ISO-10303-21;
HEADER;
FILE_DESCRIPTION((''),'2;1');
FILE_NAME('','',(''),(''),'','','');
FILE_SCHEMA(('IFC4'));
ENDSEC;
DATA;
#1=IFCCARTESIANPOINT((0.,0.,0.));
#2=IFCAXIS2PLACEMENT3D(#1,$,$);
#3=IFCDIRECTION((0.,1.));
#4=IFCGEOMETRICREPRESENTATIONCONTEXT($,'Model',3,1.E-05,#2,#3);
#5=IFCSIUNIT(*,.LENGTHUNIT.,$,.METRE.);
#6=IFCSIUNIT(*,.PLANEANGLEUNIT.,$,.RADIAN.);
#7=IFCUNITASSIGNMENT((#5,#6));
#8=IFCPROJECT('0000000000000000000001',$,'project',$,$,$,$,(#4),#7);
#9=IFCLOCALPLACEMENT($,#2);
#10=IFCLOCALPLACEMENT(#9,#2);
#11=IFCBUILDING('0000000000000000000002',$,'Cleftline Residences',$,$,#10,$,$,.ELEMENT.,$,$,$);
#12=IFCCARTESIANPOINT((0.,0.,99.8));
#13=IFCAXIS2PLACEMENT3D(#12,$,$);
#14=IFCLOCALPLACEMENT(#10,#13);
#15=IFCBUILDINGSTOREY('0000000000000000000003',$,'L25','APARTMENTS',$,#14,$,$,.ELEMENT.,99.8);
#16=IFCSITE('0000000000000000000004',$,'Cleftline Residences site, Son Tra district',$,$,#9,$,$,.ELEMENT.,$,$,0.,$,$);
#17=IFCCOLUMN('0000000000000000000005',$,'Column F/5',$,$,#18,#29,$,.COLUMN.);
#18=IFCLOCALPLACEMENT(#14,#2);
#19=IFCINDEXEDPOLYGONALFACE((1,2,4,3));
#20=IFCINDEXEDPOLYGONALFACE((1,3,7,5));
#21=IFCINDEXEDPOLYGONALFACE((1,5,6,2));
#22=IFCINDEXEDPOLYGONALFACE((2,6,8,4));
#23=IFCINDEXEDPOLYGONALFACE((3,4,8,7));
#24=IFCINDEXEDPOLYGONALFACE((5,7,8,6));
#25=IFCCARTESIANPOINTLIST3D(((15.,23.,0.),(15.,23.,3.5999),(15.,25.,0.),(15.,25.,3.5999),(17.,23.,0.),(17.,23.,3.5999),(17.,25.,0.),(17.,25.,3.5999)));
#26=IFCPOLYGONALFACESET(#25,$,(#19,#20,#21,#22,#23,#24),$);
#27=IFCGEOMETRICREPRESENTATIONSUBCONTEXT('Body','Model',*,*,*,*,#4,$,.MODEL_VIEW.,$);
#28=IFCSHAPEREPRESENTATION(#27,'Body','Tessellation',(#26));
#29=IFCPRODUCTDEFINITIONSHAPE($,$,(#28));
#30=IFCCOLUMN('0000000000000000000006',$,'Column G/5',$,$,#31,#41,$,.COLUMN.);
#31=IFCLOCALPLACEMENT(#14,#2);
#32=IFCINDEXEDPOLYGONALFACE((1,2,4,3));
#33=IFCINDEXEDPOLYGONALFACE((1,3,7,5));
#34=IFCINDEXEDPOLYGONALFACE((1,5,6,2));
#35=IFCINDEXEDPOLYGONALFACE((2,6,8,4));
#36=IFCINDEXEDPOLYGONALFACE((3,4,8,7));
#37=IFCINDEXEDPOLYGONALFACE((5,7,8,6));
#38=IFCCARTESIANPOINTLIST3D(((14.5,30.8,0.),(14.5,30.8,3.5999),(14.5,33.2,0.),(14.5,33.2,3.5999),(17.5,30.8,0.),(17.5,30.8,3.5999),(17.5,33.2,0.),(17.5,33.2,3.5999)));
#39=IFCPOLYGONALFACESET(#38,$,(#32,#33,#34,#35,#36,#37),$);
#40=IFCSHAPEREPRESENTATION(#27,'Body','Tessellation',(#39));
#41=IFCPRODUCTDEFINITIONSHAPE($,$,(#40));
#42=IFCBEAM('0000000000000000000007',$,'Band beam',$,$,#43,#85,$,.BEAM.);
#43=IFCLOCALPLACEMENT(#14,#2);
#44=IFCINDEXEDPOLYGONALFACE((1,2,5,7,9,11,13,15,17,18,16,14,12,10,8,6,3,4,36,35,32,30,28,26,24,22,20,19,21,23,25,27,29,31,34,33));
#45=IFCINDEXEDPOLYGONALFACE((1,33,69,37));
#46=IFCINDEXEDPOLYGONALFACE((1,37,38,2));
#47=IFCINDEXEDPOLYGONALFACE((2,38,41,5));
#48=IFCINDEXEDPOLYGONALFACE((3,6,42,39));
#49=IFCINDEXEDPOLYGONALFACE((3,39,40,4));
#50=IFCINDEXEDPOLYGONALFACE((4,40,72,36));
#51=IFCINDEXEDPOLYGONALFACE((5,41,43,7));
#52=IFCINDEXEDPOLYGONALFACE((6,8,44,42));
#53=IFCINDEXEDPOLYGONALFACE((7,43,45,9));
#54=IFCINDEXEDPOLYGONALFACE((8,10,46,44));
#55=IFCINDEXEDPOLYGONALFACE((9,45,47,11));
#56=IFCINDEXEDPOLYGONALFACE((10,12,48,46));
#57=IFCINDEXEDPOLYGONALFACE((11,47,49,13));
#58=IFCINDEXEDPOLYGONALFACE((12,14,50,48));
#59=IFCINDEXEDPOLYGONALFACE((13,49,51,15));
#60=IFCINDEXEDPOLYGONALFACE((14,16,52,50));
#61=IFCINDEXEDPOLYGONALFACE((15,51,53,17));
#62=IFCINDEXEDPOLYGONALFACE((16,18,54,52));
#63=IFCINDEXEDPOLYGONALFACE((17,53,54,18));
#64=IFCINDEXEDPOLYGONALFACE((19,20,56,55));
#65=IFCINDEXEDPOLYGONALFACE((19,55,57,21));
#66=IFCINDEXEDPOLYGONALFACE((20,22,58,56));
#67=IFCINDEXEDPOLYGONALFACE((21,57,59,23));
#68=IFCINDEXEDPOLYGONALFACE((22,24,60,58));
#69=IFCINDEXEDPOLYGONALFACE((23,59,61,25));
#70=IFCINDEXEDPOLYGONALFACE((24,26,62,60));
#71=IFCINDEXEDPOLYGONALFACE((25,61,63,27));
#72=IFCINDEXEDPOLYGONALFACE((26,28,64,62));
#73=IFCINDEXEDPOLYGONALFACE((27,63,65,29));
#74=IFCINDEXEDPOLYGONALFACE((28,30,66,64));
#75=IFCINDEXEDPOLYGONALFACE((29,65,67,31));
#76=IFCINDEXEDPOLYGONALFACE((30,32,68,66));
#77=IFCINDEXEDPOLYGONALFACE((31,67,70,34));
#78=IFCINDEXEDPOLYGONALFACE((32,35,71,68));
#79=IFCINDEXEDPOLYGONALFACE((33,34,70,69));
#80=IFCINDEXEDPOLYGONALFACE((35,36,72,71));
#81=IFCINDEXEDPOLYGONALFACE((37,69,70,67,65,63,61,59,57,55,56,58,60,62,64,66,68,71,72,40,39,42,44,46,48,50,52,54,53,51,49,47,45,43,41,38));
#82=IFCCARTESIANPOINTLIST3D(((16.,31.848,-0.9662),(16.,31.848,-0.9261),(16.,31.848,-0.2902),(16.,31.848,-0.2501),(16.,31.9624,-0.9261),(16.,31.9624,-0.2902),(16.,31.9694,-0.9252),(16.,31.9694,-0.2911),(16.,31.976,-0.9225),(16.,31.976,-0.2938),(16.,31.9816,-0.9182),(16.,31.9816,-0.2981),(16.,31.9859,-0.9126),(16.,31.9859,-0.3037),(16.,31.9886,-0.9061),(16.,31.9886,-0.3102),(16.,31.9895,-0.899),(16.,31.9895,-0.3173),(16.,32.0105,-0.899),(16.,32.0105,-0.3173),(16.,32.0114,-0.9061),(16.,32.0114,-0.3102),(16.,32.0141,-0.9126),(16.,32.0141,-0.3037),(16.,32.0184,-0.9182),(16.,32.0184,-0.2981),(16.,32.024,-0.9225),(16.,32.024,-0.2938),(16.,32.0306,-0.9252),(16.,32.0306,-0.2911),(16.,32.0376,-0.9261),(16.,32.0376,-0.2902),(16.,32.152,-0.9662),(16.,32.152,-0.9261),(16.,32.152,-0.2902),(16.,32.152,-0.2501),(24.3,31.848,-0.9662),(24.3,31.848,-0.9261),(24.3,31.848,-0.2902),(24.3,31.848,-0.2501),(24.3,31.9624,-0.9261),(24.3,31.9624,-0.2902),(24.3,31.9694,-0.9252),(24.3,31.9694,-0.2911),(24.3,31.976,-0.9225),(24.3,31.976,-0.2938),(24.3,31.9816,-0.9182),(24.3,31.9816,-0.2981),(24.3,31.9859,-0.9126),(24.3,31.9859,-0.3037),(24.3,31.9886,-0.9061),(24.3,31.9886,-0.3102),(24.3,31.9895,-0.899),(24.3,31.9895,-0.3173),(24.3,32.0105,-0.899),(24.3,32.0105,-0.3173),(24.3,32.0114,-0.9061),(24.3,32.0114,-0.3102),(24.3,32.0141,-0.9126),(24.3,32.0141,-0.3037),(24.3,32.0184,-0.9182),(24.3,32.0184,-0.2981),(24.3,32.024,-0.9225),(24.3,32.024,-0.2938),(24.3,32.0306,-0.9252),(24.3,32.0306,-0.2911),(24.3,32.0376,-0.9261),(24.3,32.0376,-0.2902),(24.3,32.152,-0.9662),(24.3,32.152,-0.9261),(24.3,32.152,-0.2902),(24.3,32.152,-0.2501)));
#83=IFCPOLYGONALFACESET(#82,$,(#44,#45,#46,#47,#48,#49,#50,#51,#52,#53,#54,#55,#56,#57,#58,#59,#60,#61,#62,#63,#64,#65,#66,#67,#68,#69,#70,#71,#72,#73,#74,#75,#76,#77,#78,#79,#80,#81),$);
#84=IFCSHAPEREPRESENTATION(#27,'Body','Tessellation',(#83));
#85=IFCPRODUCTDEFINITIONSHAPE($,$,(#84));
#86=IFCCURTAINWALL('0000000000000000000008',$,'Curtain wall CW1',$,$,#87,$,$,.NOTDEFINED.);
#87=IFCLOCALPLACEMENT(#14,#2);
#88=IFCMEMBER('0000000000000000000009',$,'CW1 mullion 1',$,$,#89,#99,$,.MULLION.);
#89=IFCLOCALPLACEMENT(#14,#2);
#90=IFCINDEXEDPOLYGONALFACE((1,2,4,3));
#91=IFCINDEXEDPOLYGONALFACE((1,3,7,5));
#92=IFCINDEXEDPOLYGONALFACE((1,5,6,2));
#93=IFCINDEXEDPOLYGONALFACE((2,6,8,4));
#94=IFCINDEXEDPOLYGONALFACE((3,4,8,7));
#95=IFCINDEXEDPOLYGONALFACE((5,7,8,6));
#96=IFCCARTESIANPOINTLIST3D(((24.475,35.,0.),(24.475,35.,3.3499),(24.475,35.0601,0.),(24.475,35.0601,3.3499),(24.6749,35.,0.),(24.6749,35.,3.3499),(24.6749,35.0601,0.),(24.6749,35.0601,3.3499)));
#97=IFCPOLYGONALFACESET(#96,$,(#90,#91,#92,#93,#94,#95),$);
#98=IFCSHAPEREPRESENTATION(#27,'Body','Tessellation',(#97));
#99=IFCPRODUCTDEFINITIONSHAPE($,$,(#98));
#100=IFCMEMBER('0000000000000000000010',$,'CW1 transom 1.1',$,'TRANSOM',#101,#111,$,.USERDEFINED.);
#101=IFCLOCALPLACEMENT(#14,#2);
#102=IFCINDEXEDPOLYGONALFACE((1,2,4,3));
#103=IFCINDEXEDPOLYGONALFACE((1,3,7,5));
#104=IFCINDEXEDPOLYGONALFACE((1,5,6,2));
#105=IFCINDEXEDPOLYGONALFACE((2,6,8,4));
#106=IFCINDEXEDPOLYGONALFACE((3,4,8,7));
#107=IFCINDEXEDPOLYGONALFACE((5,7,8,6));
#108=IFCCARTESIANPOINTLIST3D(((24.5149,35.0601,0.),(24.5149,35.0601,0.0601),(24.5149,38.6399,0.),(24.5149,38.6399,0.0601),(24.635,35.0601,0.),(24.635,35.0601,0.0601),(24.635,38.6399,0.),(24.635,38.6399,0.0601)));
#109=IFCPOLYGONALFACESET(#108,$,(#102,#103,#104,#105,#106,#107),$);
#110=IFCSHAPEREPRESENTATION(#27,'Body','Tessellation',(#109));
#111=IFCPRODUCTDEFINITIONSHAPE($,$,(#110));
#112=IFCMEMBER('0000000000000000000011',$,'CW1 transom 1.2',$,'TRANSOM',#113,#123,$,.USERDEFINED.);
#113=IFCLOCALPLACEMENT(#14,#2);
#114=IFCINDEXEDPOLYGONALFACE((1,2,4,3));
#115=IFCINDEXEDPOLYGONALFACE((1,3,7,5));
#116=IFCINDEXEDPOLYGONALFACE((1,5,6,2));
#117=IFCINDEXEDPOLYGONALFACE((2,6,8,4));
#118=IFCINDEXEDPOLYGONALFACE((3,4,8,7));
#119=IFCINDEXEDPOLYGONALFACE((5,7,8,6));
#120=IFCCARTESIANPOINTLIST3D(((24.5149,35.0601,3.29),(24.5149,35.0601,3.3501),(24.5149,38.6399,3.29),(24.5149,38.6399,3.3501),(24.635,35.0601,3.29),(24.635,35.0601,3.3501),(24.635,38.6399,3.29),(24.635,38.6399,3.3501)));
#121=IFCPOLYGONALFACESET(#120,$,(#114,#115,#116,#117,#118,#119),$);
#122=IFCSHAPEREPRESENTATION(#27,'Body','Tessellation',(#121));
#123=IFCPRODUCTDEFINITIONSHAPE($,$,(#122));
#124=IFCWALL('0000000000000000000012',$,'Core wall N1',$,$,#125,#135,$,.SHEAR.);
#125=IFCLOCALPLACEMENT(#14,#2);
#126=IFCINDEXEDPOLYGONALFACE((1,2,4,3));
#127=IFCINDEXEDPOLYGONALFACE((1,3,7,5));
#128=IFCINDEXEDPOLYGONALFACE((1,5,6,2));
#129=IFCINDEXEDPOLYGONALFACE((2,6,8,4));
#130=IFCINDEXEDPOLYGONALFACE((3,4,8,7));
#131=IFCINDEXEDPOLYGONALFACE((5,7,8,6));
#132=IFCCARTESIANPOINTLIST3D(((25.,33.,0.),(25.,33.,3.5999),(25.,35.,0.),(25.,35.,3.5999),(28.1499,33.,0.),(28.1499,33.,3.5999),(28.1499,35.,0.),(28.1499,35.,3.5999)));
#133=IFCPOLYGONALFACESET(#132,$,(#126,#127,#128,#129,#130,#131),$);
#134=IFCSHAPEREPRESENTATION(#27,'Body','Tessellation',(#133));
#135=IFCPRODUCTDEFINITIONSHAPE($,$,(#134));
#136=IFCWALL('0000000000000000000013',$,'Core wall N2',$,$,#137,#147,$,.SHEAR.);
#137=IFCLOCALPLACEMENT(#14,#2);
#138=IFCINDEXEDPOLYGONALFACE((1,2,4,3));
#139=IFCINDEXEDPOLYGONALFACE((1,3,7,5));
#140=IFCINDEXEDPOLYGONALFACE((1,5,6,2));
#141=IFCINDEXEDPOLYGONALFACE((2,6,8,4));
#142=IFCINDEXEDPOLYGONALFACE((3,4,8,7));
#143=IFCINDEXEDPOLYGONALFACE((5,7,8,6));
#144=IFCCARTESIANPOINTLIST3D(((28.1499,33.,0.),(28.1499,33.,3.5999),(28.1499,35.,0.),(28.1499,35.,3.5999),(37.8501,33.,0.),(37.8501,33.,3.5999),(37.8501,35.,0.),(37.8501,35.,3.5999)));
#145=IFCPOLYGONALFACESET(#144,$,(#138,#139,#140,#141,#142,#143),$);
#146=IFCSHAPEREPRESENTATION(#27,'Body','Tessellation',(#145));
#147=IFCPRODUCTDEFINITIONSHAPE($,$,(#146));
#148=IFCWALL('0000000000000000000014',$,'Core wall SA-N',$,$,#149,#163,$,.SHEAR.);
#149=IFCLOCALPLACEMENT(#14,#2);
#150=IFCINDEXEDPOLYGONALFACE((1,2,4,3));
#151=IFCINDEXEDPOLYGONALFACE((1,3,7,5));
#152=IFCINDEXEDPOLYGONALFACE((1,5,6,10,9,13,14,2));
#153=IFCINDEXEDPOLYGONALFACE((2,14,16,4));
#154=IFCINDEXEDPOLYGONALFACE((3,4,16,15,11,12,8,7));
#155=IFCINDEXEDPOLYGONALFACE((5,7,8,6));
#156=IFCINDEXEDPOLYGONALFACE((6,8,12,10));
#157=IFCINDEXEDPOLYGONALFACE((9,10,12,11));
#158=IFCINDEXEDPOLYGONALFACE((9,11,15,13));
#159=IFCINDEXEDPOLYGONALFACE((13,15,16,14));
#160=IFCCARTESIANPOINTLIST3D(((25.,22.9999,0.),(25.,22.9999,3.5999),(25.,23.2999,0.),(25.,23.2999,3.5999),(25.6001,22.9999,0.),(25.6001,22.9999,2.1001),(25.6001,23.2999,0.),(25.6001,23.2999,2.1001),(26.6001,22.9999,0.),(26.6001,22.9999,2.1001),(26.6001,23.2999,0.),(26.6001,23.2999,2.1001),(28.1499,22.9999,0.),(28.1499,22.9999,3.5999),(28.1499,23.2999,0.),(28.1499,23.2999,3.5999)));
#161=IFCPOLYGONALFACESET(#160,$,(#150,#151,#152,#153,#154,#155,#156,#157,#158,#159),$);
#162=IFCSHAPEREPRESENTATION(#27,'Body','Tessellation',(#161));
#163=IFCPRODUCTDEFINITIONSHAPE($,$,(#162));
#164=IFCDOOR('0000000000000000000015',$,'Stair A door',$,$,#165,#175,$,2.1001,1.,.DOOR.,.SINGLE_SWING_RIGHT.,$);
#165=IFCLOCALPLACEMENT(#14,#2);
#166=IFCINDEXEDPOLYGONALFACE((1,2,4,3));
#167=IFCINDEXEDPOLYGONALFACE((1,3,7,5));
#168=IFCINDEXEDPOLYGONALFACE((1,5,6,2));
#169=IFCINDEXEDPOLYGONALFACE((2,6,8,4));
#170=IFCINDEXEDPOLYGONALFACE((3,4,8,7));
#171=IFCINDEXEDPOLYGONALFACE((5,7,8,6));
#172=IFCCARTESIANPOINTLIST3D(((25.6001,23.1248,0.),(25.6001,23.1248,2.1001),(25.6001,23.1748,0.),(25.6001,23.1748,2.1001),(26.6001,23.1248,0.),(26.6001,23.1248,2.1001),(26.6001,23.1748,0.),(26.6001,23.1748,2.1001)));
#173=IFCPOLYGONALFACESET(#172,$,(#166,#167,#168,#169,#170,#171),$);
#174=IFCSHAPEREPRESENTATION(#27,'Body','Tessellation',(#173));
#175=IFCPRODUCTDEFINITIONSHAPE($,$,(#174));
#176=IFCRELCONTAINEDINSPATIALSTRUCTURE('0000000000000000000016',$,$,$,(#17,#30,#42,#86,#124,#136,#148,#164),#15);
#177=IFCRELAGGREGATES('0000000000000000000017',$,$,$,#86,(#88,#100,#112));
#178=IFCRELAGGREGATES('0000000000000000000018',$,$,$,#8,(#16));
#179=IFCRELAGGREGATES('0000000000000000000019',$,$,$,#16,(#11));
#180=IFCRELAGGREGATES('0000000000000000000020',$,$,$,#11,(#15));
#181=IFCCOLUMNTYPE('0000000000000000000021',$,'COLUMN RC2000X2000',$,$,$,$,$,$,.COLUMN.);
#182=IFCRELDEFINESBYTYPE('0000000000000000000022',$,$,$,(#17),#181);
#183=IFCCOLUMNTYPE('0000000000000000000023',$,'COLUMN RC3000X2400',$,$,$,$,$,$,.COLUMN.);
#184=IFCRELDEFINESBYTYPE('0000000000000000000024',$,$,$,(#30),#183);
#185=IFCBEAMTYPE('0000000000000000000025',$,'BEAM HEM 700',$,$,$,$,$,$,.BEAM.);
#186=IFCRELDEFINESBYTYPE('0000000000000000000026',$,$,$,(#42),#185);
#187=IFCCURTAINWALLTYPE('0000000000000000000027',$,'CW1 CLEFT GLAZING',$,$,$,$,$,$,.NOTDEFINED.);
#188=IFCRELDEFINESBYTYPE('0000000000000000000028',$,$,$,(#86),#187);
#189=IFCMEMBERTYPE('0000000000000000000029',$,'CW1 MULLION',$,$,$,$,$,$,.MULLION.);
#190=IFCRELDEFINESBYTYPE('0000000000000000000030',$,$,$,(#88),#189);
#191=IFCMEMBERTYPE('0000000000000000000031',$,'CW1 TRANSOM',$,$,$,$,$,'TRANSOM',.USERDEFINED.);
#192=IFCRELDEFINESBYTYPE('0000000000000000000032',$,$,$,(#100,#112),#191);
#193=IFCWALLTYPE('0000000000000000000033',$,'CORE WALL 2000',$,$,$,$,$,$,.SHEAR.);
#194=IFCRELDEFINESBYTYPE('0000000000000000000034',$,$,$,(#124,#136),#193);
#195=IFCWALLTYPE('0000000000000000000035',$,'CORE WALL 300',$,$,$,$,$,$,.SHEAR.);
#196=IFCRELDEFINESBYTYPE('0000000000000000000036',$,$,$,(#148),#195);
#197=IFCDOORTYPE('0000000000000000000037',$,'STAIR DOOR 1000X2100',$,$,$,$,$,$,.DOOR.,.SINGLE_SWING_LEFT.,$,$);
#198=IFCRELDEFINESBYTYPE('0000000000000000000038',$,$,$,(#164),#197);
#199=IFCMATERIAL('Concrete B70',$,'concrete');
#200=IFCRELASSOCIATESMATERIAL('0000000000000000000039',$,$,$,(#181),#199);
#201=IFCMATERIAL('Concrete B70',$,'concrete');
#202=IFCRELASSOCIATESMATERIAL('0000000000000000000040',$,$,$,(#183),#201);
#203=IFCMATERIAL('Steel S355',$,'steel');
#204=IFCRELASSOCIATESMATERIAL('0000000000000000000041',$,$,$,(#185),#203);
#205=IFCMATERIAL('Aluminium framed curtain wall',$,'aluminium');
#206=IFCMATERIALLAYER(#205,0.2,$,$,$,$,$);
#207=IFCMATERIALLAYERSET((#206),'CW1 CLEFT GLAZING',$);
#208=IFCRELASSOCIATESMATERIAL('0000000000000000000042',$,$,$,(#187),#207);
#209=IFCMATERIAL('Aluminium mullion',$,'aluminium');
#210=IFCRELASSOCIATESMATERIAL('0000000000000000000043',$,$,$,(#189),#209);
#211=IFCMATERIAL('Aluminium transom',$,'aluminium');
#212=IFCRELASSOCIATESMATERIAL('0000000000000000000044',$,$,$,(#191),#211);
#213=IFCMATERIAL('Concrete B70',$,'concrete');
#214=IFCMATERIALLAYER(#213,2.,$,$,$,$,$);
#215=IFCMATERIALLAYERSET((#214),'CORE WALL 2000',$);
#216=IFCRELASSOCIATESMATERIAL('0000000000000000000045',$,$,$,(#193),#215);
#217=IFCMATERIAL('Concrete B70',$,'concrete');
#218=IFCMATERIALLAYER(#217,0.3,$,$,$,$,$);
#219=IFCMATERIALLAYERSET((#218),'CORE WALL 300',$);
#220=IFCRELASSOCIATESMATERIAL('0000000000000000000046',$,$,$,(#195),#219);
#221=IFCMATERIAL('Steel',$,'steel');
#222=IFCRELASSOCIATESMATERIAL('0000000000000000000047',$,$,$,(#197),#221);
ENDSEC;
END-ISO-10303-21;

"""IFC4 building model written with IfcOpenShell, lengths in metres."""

from ifc_helpers import new_model, si_unit, direction, frame, frame_2d, origin, origin_2d, place, context, subcontext, project, spatial, rectangle, i_section, extrude, material, layer, layer_set, material_profile, profile_set, type_object, element, fill, aggregate, save


model = new_model("IFC4")

# Units and contexts
model_context = context("Model", 3, precision=1e-05, world=origin(), true_north=direction((0.0, 1.0)))
body_context = subcontext(model_context, "Body", "Model", "MODEL_VIEW")
ifc_project = project(units=[si_unit("LENGTHUNIT", "METRE"), si_unit("PLANEANGLEUNIT", "RADIAN")], contexts=[model_context])

# Site, building, storey
site_placement = place(None, origin())
site = spatial("IfcSite", under=ifc_project, at=site_placement, Name="Cleftline Residences site, Son Tra district", CompositionType="ELEMENT", RefElevation=0.0)
building_placement = place(site_placement, origin())
building = spatial("IfcBuilding", under=site, at=building_placement, Name="Cleftline Residences", CompositionType="ELEMENT")
storey_placement = place(building_placement, frame((0.0, 0.0, 99.8)))
storey = spatial("IfcBuildingStorey", under=building, at=storey_placement, Name="L25", Description="APARTMENTS", CompositionType="ELEMENT", Elevation=99.8)

# Columns
ifc_material_1 = material(Name="Concrete B70", Category="concrete")
ifc_material_profile_1 = material_profile(ifc_material_1, rectangle(XDim=2.0, YDim=2.0, at=origin_2d()))
ifc_profile_set_1 = profile_set([ifc_material_profile_1], Name="Concrete B70")
column_type_1 = type_object("IfcColumnType", Name="COLUMN RC2000X2000", PredefinedType="COLUMN", material=ifc_profile_set_1)
column_1_placement = place(storey_placement, frame((16.0, 24.0, 0.0), z_axis=(0.0, 0.0, 1.0), x_axis=(1.0, 0.0, 0.0)))
element("IfcColumn", 1, at=column_1_placement, inside=storey, type_object=column_type_1, Name="Column F/5", PredefinedType="COLUMN", context=body_context, shape_type="SweptSolid", body=[
    extrude(rectangle(XDim=2.0, YDim=2.0, at=origin_2d()), origin(), (0.0, 0.0, 1.0), 3.5999),
])
ifc_material_2 = material(Name="Concrete B70", Category="concrete")
ifc_material_profile_2 = material_profile(ifc_material_2, rectangle(XDim=3.0, YDim=2.3999, at=origin_2d()))
ifc_profile_set_2 = profile_set([ifc_material_profile_2], Name="Concrete B70")
column_type_2 = type_object("IfcColumnType", Name="COLUMN RC3000X2400", PredefinedType="COLUMN", material=ifc_profile_set_2)
column_2_placement = place(storey_placement, frame((16.0, 32.0, 0.0), z_axis=(0.0, 0.0, 1.0), x_axis=(1.0, 0.0, 0.0)))
element("IfcColumn", 2, at=column_2_placement, inside=storey, type_object=column_type_2, Name="Column G/5", PredefinedType="COLUMN", context=body_context, shape_type="SweptSolid", body=[
    extrude(rectangle(XDim=3.0, YDim=2.3999, at=origin_2d()), origin(), (0.0, 0.0, 1.0), 3.5999),
])

# Beam
ifc_material_3 = material(Name="Steel S355", Category="steel")
ifc_material_profile_3 = material_profile(ifc_material_3, i_section(OverallWidth=0.304, OverallDepth=0.7161, WebThickness=0.021, FlangeThickness=0.04, FilletRadius=0.0271, at=origin_2d()))
ifc_profile_set_3 = profile_set([ifc_material_profile_3], Name="Steel S355")
beam_type = type_object("IfcBeamType", Name="BEAM HEM 700", PredefinedType="BEAM", material=ifc_profile_set_3)
beam_placement = place(storey_placement, frame((16.0, 32.0, -0.6082), z_axis=(1.0, 0.0, 0.0), x_axis=(0.0, 1.0, 0.0)))
element("IfcBeam", 3, at=beam_placement, inside=storey, type_object=beam_type, Name="Band beam", PredefinedType="BEAM", context=body_context, shape_type="SweptSolid", body=[
    extrude(i_section(OverallWidth=0.304, OverallDepth=0.7161, WebThickness=0.021, FlangeThickness=0.04, FilletRadius=0.0271, at=origin_2d()), origin(), (0.0, 0.0, 1.0), 8.3),
])

# Curtain wall, members
ifc_material_4 = material(Name="Aluminium framed curtain wall", Category="aluminium")
ifc_layer_1 = layer(ifc_material_4, 0.2)
ifc_layer_set_1 = layer_set([ifc_layer_1], Name="CW1 CLEFT GLAZING")
curtain_wall_type = type_object("IfcCurtainWallType", Name="CW1 CLEFT GLAZING", PredefinedType="NOTDEFINED", material=ifc_layer_set_1)
curtain_wall_placement = place(storey_placement, origin())
curtain_wall = element("IfcCurtainWall", 4, at=curtain_wall_placement, inside=storey, type_object=curtain_wall_type, Name="Curtain wall CW1", PredefinedType="NOTDEFINED")
ifc_material_5 = material(Name="Aluminium mullion", Category="aluminium")
ifc_material_profile_4 = material_profile(ifc_material_5, rectangle(XDim=0.2, YDim=0.0601, at=origin_2d()))
ifc_profile_set_4 = profile_set([ifc_material_profile_4], Name="Aluminium mullion")
member_type_1 = type_object("IfcMemberType", Name="CW1 MULLION", PredefinedType="MULLION", material=ifc_profile_set_4)
member_1_placement = place(storey_placement, frame((24.575, 35.03, 0.0), z_axis=(0.0, 0.0, 1.0), x_axis=(-1.0, 0.0, 0.0)))
member_1 = element("IfcMember", 5, at=member_1_placement, type_object=member_type_1, Name="CW1 mullion 1", PredefinedType="MULLION", context=body_context, shape_type="SweptSolid", body=[
    extrude(rectangle(XDim=0.2, YDim=0.0601, at=origin_2d()), origin(), (0.0, 0.0, 1.0), 3.3499),
])
ifc_material_6 = material(Name="Aluminium transom", Category="aluminium")
ifc_material_profile_5 = material_profile(ifc_material_6, rectangle(XDim=0.1201, YDim=0.0601, at=origin_2d()))
ifc_profile_set_5 = profile_set([ifc_material_profile_5], Name="Aluminium transom")
member_type_2 = type_object("IfcMemberType", Name="CW1 TRANSOM", ElementType="TRANSOM", PredefinedType="USERDEFINED", material=ifc_profile_set_5)
member_2_placement = place(storey_placement, frame((24.575, 35.0601, 0.03), z_axis=(0.0, 1.0, 0.0), x_axis=(-1.0, 0.0, 0.0)))
member_2 = element("IfcMember", 6, at=member_2_placement, type_object=member_type_2, Name="CW1 transom 1.1", ObjectType="TRANSOM", PredefinedType="USERDEFINED", context=body_context, shape_type="SweptSolid", body=[
    extrude(rectangle(XDim=0.1201, YDim=0.0601, at=origin_2d()), origin(), (0.0, 0.0, 1.0), 3.5798),
])
member_3_placement = place(storey_placement, frame((24.575, 35.0601, 3.3201), z_axis=(0.0, 1.0, 0.0), x_axis=(-1.0, 0.0, 0.0)))
member_3 = element("IfcMember", 7, at=member_3_placement, type_object=member_type_2, Name="CW1 transom 1.2", ObjectType="TRANSOM", PredefinedType="USERDEFINED", context=body_context, shape_type="SweptSolid", body=[
    extrude(rectangle(XDim=0.1201, YDim=0.0601, at=origin_2d()), origin(), (0.0, 0.0, 1.0), 3.5798),
])
aggregate(curtain_wall, [member_1, member_2, member_3])

# Walls
ifc_material_7 = material(Name="Concrete B70", Category="concrete")
ifc_layer_2 = layer(ifc_material_7, 2.0)
ifc_layer_set_2 = layer_set([ifc_layer_2], Name="CORE WALL 2000")
wall_type_1 = type_object("IfcWallType", Name="CORE WALL 2000", PredefinedType="SHEAR", material=ifc_layer_set_2)
wall_1_placement = place(storey_placement, frame((25.0, 34.0, 0.0), z_axis=(0.0, 0.0, 1.0), x_axis=(1.0, 0.0, 0.0)))
element("IfcWall", 8, at=wall_1_placement, inside=storey, type_object=wall_type_1, Name="Core wall N1", PredefinedType="SHEAR", context=body_context, shape_type="SweptSolid", body=[
    extrude(rectangle(XDim=3.1499, YDim=2.0, at=frame_2d((1.575, 0.0))), origin(), (0.0, 0.0, 1.0), 3.5999),
])
wall_2_placement = place(storey_placement, frame((28.1499, 34.0, 0.0), z_axis=(0.0, 0.0, 1.0), x_axis=(1.0, 0.0, 0.0)))
element("IfcWall", 9, at=wall_2_placement, inside=storey, type_object=wall_type_1, Name="Core wall N2", PredefinedType="SHEAR", context=body_context, shape_type="SweptSolid", body=[
    extrude(rectangle(XDim=9.7002, YDim=2.0, at=frame_2d((4.8501, 0.0))), origin(), (0.0, 0.0, 1.0), 3.5999),
])

# Wall, opening, door
ifc_material_8 = material(Name="Concrete B70", Category="concrete")
ifc_layer_3 = layer(ifc_material_8, 0.3)
ifc_layer_set_3 = layer_set([ifc_layer_3], Name="CORE WALL 300")
wall_type_2 = type_object("IfcWallType", Name="CORE WALL 300", PredefinedType="SHEAR", material=ifc_layer_set_3)
wall_3_placement = place(storey_placement, frame((25.0, 23.1499, 0.0), z_axis=(0.0, 0.0, 1.0), x_axis=(1.0, 0.0, 0.0)))
wall_3 = element("IfcWall", 10, at=wall_3_placement, inside=storey, type_object=wall_type_2, Name="Core wall SA-N", PredefinedType="SHEAR", context=body_context, shape_type="SweptSolid", body=[
    extrude(rectangle(XDim=3.1499, YDim=0.3, at=frame_2d((1.575, 0.0))), origin(), (0.0, 0.0, 1.0), 3.5999),
])
opening_1_placement = place(wall_3_placement, frame((0.6001, 0.0, 0.0)))
opening_1 = element("IfcOpeningElement", 11, at=opening_1_placement, cuts=wall_3, PredefinedType="OPENING", context=body_context, shape_type="SweptSolid", body=[
    extrude(rectangle(XDim=1.0, YDim=2.1001, at=frame_2d((0.5, 1.05))), frame((0.0, 0.1599, 0.0), z_axis=(0.0, -1.0, 0.0), x_axis=(1.0, 0.0, 0.0)), (0.0, 0.0, 1.0), 0.3201),
])
ifc_material_9 = material(Name="Steel", Category="steel")
door_type_1 = type_object("IfcDoorType", Name="STAIR DOOR 1000X2100", OperationType="SINGLE_SWING_LEFT", PredefinedType="DOOR", material=ifc_material_9)
door_1_placement = place(opening_1_placement, origin())
door_1 = element("IfcDoor", 12, at=door_1_placement, inside=storey, type_object=door_type_1, Name="Stair A door", OperationType="SINGLE_SWING_RIGHT", OverallHeight=2.1001, OverallWidth=1.0, PredefinedType="DOOR", context=body_context, shape_type="SweptSolid", body=[
    extrude(rectangle(XDim=1.0, YDim=2.1001, at=frame_2d((0.5, 1.05))), frame((0.0, 0.0249, 0.0), z_axis=(0.0, -1.0, 0.0), x_axis=(1.0, 0.0, 0.0)), (0.0, 0.0, 1.0), 0.05),
])
fill(opening_1, door_1)

save(model, "model.ifc")
